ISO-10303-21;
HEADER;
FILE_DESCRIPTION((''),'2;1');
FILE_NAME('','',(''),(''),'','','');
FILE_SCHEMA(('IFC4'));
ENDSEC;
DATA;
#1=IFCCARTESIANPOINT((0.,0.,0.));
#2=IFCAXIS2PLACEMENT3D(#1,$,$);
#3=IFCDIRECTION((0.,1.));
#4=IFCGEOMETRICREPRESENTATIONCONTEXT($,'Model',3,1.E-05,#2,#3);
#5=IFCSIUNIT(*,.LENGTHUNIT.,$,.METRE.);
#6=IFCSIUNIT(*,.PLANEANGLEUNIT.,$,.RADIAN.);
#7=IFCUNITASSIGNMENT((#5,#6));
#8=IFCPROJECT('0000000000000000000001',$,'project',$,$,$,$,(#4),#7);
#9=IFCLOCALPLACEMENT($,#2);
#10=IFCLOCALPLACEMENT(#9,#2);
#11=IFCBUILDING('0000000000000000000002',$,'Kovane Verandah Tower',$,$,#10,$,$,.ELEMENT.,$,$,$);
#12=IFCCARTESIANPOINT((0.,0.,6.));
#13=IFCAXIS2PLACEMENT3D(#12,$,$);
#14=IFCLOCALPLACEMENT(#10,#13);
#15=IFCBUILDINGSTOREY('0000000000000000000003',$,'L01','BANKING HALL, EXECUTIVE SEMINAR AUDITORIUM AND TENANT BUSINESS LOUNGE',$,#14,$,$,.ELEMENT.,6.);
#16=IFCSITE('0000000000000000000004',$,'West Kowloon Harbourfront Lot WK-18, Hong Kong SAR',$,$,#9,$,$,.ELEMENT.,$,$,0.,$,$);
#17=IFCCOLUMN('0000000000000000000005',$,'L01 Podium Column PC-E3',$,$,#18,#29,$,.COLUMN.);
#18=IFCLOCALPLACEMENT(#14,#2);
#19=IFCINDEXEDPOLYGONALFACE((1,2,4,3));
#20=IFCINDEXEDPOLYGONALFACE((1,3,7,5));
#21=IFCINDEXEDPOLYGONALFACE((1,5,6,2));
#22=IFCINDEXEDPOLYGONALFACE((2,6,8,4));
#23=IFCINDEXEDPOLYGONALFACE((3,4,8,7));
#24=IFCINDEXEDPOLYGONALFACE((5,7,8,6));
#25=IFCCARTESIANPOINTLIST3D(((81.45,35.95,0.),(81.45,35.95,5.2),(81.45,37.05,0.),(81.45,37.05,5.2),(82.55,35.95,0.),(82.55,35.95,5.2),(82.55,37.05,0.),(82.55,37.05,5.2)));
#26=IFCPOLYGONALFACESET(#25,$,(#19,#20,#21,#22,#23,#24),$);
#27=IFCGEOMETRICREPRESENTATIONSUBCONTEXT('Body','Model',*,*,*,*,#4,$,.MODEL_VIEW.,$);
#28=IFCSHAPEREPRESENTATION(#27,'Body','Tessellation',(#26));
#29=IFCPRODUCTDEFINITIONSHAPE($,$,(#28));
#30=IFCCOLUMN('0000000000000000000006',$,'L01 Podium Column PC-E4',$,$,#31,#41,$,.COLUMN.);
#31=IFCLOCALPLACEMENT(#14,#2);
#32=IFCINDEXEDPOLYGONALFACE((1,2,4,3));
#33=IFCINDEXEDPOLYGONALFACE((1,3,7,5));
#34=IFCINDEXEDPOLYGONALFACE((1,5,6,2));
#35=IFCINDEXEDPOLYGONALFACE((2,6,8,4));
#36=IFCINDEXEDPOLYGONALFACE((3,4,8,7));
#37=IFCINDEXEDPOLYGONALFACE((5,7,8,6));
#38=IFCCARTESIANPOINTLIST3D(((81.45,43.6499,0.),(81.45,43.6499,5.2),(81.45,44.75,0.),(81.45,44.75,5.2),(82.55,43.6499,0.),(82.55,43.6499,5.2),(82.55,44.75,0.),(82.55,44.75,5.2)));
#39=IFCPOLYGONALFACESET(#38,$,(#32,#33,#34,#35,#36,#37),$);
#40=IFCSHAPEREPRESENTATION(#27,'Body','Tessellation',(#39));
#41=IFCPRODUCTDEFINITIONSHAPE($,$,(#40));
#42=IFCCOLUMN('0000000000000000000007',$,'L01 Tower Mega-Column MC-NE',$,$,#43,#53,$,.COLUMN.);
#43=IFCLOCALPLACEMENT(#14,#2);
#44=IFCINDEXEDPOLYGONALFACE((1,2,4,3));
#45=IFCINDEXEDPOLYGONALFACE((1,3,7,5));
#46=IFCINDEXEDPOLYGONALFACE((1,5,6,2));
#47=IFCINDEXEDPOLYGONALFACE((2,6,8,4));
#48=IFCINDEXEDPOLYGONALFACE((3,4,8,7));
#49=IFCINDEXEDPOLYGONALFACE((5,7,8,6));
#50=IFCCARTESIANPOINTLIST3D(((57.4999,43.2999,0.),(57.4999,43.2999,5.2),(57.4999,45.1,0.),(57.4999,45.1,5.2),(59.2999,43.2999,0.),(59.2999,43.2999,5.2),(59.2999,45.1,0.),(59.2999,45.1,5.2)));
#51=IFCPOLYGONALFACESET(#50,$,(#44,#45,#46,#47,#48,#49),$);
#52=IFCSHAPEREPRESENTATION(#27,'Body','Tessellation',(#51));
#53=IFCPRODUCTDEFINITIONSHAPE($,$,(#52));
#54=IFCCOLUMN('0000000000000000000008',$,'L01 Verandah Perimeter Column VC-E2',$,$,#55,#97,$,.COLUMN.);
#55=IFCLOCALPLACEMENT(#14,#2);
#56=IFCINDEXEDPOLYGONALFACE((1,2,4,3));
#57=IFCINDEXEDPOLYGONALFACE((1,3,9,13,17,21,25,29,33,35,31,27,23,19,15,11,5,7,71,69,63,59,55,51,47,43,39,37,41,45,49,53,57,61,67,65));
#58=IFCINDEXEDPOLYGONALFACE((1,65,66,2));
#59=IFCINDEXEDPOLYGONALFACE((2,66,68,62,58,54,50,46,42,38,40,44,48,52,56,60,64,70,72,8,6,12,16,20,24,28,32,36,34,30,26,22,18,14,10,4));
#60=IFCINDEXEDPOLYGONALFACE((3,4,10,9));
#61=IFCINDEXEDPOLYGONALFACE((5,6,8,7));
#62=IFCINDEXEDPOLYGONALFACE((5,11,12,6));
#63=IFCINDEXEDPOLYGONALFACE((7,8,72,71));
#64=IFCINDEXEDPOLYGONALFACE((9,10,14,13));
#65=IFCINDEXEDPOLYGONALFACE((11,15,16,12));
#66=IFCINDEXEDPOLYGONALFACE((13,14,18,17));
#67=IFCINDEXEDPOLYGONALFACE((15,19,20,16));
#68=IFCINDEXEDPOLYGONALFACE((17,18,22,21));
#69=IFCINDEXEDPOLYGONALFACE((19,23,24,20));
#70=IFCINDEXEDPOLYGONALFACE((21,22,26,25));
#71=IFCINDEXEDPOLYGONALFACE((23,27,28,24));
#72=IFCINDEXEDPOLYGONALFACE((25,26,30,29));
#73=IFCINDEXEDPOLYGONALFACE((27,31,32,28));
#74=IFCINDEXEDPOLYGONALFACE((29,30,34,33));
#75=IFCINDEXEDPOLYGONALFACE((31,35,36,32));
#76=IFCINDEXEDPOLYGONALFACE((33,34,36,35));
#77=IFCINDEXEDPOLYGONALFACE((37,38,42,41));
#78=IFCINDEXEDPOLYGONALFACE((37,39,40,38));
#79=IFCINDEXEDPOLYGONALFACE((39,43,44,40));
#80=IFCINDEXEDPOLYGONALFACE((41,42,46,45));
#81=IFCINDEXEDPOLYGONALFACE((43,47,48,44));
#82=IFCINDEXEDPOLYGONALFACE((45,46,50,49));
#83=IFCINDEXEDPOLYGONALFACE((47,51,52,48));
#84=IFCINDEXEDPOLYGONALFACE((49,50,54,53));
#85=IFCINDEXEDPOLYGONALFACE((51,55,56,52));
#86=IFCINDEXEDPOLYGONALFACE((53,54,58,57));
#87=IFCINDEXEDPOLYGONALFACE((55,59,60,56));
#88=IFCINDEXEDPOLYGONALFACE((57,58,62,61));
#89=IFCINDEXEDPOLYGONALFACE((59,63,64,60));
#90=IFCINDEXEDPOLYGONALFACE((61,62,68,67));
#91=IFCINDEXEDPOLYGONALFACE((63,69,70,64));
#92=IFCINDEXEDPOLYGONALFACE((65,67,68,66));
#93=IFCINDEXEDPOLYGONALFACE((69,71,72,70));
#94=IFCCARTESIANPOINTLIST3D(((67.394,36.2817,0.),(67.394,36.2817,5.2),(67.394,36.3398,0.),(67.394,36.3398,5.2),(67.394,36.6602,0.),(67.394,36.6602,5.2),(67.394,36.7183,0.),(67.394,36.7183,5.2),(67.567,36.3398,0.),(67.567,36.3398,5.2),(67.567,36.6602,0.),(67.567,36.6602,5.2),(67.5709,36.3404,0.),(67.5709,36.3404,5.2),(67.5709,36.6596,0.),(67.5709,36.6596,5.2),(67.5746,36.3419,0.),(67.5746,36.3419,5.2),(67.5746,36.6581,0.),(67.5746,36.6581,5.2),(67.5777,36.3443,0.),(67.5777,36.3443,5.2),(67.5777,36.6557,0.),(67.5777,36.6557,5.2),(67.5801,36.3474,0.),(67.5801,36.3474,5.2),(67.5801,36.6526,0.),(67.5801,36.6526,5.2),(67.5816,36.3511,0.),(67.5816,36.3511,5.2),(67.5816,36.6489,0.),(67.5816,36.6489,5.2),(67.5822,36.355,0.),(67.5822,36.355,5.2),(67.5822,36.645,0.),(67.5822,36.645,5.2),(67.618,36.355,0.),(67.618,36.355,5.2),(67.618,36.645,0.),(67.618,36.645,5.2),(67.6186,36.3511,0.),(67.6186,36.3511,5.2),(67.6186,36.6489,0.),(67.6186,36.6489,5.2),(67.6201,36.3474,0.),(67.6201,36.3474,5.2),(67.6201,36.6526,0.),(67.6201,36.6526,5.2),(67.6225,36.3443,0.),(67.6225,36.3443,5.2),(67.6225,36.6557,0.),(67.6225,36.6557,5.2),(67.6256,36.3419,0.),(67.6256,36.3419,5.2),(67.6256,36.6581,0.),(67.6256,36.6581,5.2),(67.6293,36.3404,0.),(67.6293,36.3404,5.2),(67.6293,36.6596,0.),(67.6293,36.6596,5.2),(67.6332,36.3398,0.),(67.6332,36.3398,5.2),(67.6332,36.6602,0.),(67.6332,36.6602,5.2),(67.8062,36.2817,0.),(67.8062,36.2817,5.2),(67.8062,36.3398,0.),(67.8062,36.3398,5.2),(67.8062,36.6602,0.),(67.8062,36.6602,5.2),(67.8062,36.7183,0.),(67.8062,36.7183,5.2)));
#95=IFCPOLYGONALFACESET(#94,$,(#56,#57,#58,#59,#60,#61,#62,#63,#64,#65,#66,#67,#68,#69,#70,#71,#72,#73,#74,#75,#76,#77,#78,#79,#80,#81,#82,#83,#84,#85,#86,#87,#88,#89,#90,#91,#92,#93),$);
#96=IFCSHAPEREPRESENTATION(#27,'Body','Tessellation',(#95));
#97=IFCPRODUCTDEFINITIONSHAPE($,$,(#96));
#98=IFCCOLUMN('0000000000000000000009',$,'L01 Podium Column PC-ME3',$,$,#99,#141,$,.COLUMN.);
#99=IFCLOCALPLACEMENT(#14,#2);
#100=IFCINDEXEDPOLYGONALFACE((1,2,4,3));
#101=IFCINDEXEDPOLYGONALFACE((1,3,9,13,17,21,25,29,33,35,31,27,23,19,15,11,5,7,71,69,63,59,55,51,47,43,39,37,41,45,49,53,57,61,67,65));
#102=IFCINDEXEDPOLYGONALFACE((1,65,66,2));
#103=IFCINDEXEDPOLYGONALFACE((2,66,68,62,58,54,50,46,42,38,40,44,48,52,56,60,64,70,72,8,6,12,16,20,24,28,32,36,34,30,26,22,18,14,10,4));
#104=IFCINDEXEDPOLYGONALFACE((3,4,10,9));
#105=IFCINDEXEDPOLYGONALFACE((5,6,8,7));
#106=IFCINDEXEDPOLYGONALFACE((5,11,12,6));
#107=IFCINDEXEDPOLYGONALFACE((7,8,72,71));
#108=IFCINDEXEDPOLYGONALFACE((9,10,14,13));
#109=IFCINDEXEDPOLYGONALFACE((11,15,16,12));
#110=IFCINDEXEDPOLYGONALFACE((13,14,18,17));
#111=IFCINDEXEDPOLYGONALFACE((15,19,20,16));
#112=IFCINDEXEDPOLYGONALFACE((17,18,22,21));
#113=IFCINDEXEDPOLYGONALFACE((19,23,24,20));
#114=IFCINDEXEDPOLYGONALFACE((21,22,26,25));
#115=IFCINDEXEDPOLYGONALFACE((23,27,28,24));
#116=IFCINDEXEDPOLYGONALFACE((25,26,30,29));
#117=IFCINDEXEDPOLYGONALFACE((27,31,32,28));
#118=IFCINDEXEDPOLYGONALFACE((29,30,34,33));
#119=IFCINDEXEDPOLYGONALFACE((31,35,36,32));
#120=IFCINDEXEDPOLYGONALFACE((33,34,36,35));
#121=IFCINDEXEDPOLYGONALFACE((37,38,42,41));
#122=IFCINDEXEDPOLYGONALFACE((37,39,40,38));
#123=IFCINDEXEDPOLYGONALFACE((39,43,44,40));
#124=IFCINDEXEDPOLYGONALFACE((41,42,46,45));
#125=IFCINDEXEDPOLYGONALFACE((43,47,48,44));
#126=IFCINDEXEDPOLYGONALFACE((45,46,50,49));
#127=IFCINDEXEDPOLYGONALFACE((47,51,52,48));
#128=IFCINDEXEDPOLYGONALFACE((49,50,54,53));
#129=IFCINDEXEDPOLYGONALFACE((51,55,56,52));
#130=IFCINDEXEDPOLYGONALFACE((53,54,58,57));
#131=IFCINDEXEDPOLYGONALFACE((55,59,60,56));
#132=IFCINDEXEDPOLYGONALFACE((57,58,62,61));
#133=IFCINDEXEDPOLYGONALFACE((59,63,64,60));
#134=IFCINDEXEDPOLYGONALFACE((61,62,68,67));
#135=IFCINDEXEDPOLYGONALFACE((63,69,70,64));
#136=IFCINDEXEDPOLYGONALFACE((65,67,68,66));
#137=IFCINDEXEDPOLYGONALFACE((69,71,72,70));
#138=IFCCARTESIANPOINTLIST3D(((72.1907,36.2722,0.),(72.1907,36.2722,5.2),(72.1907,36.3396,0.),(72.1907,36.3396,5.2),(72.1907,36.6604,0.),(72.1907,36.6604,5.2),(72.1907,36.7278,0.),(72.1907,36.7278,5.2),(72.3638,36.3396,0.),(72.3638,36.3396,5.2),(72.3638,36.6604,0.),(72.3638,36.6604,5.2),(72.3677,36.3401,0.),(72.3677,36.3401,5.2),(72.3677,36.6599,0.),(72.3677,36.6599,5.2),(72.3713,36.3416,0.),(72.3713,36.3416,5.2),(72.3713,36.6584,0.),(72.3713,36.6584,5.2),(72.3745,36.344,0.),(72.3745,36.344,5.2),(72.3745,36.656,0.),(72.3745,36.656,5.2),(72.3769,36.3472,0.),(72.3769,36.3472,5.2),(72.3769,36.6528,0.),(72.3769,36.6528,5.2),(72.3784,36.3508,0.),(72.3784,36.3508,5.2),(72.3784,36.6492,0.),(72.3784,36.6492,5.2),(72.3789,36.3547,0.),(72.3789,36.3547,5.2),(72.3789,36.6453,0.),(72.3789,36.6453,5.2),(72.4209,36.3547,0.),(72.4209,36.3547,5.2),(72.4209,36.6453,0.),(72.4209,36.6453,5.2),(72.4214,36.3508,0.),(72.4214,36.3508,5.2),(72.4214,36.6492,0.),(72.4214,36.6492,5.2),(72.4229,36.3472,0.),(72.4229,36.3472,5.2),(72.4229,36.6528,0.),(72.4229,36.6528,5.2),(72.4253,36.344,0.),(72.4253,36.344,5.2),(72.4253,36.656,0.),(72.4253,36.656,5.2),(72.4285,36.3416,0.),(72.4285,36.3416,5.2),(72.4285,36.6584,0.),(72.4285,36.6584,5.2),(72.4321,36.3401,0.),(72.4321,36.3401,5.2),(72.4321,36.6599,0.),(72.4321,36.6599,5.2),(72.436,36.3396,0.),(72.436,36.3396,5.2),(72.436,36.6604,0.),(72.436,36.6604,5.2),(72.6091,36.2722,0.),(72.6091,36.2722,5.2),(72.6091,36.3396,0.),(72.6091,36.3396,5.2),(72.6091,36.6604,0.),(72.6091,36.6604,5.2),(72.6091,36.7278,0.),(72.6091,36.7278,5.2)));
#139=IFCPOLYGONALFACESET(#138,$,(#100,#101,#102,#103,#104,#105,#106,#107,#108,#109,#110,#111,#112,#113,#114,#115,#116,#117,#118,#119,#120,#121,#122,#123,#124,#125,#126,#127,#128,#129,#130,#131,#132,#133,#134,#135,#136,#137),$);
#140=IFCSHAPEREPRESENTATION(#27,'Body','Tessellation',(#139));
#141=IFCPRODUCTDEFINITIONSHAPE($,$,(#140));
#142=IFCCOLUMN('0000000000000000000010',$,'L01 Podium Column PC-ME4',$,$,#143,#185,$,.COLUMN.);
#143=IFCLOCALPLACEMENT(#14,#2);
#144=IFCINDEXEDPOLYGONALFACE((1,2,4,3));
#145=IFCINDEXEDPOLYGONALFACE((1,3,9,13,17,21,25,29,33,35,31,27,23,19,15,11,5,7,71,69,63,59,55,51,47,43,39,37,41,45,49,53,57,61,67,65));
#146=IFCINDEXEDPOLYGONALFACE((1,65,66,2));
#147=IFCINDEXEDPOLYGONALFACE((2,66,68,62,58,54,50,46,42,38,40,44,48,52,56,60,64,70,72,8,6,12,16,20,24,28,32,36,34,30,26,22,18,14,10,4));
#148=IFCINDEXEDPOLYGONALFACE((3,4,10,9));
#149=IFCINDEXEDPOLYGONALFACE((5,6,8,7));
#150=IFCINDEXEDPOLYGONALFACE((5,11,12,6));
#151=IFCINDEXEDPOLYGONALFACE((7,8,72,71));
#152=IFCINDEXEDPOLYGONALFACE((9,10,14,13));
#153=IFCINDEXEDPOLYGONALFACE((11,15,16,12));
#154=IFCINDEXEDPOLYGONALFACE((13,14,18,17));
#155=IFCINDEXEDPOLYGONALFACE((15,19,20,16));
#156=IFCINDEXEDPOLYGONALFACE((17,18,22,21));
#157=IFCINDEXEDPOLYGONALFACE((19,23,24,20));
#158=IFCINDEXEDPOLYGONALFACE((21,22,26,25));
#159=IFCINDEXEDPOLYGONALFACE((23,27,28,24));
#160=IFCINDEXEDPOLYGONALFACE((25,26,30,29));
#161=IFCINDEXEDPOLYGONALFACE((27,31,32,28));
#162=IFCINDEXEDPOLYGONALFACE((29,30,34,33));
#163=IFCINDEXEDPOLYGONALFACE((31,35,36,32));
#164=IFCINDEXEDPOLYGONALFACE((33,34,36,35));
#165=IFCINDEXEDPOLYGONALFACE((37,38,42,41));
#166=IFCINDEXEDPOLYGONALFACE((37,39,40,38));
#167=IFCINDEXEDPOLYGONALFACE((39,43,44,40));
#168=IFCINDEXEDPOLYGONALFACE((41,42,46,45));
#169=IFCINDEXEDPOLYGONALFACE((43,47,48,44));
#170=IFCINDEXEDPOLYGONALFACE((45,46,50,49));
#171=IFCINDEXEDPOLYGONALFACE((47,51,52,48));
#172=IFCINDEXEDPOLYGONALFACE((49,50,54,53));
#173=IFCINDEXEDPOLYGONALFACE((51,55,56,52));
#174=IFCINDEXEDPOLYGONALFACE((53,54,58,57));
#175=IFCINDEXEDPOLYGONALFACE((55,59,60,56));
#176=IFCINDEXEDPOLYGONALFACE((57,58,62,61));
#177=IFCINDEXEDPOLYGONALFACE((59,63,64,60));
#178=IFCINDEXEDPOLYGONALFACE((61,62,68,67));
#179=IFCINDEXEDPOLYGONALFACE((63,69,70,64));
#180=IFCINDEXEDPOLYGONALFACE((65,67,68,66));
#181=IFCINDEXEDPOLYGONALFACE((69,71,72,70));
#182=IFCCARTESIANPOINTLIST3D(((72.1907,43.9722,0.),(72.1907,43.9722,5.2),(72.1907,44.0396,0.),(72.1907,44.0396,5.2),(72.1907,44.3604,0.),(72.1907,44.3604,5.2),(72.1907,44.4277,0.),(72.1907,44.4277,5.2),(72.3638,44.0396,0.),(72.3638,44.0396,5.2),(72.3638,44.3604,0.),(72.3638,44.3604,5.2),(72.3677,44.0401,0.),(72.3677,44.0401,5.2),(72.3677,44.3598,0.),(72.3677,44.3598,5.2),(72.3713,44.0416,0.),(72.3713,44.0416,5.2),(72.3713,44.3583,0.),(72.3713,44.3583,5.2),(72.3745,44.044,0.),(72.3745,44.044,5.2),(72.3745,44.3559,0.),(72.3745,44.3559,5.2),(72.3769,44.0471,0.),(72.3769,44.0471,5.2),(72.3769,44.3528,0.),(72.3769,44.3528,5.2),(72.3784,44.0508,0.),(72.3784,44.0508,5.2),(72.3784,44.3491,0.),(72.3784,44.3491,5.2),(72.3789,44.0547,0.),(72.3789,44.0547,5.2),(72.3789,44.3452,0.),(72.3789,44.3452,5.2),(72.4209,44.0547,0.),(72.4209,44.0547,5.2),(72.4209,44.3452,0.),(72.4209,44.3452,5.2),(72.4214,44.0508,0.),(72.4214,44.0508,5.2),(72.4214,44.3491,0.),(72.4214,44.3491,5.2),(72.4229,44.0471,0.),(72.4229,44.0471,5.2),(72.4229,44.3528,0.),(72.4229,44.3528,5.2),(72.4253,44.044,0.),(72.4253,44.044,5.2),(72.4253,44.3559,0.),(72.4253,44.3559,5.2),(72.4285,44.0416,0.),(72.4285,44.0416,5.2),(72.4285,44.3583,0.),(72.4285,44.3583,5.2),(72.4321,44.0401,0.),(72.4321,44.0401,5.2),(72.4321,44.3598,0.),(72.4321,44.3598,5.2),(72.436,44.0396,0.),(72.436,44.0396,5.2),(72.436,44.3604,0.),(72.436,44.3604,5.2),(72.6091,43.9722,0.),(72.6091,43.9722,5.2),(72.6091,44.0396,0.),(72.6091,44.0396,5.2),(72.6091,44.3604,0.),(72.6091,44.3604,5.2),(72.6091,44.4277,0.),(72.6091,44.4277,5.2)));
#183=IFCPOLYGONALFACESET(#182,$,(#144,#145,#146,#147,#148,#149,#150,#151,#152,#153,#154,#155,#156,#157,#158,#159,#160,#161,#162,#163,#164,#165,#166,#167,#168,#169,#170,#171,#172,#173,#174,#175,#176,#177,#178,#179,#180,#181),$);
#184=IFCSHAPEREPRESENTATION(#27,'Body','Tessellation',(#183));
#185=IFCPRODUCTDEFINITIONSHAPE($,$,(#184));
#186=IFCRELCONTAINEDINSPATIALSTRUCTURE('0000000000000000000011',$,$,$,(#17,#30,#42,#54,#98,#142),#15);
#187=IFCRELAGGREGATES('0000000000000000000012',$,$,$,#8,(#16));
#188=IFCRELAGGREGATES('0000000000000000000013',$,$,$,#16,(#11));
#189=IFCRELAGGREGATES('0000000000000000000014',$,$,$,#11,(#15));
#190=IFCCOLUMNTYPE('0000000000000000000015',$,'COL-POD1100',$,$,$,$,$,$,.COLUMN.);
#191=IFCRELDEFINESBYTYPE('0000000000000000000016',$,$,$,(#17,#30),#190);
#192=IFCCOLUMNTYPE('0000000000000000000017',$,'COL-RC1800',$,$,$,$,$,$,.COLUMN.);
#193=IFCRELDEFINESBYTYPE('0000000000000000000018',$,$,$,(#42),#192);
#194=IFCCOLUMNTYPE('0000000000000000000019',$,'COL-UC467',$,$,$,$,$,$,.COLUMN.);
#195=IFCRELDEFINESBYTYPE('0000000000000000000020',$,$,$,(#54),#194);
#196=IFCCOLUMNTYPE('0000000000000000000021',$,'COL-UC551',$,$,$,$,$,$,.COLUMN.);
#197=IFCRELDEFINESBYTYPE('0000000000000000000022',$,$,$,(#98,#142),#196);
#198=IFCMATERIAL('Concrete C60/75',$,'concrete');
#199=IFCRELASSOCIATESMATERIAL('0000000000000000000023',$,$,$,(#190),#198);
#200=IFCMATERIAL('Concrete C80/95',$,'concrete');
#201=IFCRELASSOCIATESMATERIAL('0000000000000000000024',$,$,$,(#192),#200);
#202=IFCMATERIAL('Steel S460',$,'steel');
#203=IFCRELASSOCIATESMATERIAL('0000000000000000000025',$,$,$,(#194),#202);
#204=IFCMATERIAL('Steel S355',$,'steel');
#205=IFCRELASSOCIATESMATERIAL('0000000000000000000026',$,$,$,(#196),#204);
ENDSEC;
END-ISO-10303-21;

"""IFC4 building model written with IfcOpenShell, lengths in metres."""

from ifc_helpers import new_model, si_unit, direction, frame, origin, origin_2d, place, context, subcontext, project, spatial, rectangle, i_section, extrude, material, material_profile, profile_set, type_object, element, save


model = new_model("IFC4")

# Units and contexts
model_context = context("Model", 3, precision=1e-05, world=origin(), true_north=direction((0.0, 1.0)))
body_context = subcontext(model_context, "Body", "Model", "MODEL_VIEW")
ifc_project = project(units=[si_unit("LENGTHUNIT", "METRE"), si_unit("PLANEANGLEUNIT", "RADIAN")], contexts=[model_context])

# Site, building, storey
site_placement = place(None, origin())
site = spatial("IfcSite", under=ifc_project, at=site_placement, Name="West Kowloon Harbourfront Lot WK-18, Hong Kong SAR", CompositionType="ELEMENT", RefElevation=0.0)
building_placement = place(site_placement, origin())
building = spatial("IfcBuilding", under=site, at=building_placement, Name="Kovane Verandah Tower", CompositionType="ELEMENT")
storey_placement = place(building_placement, frame((0.0, 0.0, 6.0)))
storey = spatial("IfcBuildingStorey", under=building, at=storey_placement, Name="L01", Description="BANKING HALL, EXECUTIVE SEMINAR AUDITORIUM AND TENANT BUSINESS LOUNGE", CompositionType="ELEMENT", Elevation=6.0)

# Columns
ifc_material_1 = material(Name="Concrete C60/75", Category="concrete")
ifc_material_profile_1 = material_profile(ifc_material_1, rectangle(XDim=1.1001, YDim=1.1001, at=origin_2d()), Name="RC1100x1100")
ifc_profile_set_1 = profile_set([ifc_material_profile_1], Name="Concrete C60/75")
column_type_1 = type_object("IfcColumnType", Name="COL-POD1100", PredefinedType="COLUMN", material=ifc_profile_set_1)
for number, where, z_axis, x_axis, name in (
    (1, (82.0, 36.5, 0.0), (0.0, 0.0, 1.0), (1.0, 0.0, 0.0), "L01 Podium Column PC-E3"),
    (2, (82.0, 44.2, 0.0), (0.0, 0.0, 1.0), (1.0, 0.0, 0.0), "L01 Podium Column PC-E4"),
):
    element("IfcColumn", number, at=place(storey_placement, frame(where, z_axis=z_axis, x_axis=x_axis)), inside=storey, type_object=column_type_1, Name=name, PredefinedType="COLUMN", context=body_context, shape_type="SweptSolid", body=[
        extrude(rectangle(XDim=1.1001, YDim=1.1001, at=origin_2d()), origin(), (0.0, 0.0, 1.0), 5.2),
    ])
ifc_material_2 = material(Name="Concrete C80/95", Category="concrete")
ifc_material_profile_2 = material_profile(ifc_material_2, rectangle(XDim=1.8, YDim=1.8, at=origin_2d()), Name="RC1800x1800")
ifc_profile_set_2 = profile_set([ifc_material_profile_2], Name="Concrete C80/95")
column_type_2 = type_object("IfcColumnType", Name="COL-RC1800", PredefinedType="COLUMN", material=ifc_profile_set_2)
column_1_placement = place(storey_placement, frame((58.3999, 44.2, 0.0), z_axis=(0.0, 0.0, 1.0), x_axis=(1.0, 0.0, 0.0)))
element("IfcColumn", 3, at=column_1_placement, inside=storey, type_object=column_type_2, Name="L01 Tower Mega-Column MC-NE", PredefinedType="COLUMN", context=body_context, shape_type="SweptSolid", body=[
    extrude(rectangle(XDim=1.8, YDim=1.8, at=origin_2d()), origin(), (0.0, 0.0, 1.0), 5.2),
])
ifc_material_3 = material(Name="Steel S460", Category="steel")
ifc_material_profile_3 = material_profile(ifc_material_3, i_section(OverallWidth=0.4121, OverallDepth=0.4365, WebThickness=0.0359, FlangeThickness=0.0581, FilletRadius=0.0151, at=origin_2d()), Name="UC356x406x467")
ifc_profile_set_3 = profile_set([ifc_material_profile_3], Name="Steel S460")
column_type_3 = type_object("IfcColumnType", Name="COL-UC467", PredefinedType="COLUMN", material=ifc_profile_set_3)
column_2_placement = place(storey_placement, frame((67.6001, 36.5, 0.0), z_axis=(0.0, 0.0, 1.0), x_axis=(1.0, 0.0, 0.0)))
element("IfcColumn", 4, at=column_2_placement, inside=storey, type_object=column_type_3, Name="L01 Verandah Perimeter Column VC-E2", PredefinedType="COLUMN", context=body_context, shape_type="SweptSolid", body=[
    extrude(i_section(OverallWidth=0.4121, OverallDepth=0.4365, WebThickness=0.0359, FlangeThickness=0.0581, FilletRadius=0.0151, at=origin_2d()), origin(), (0.0, 0.0, 1.0), 5.2),
])
ifc_material_4 = material(Name="Steel S355", Category="steel")
ifc_material_profile_4 = material_profile(ifc_material_4, i_section(OverallWidth=0.4185, OverallDepth=0.4556, WebThickness=0.042, FlangeThickness=0.0674, FilletRadius=0.0151, at=origin_2d()), Name="UC356x406x551")
ifc_profile_set_4 = profile_set([ifc_material_profile_4], Name="Steel S355")
column_type_4 = type_object("IfcColumnType", Name="COL-UC551", PredefinedType="COLUMN", material=ifc_profile_set_4)
for number, where, z_axis, x_axis, name in (
    (5, (72.3999, 36.5, 0.0), (0.0, 0.0, 1.0), (1.0, 0.0, 0.0), "L01 Podium Column PC-ME3"),
    (6, (72.3999, 44.2, 0.0), (0.0, 0.0, 1.0), (1.0, 0.0, 0.0), "L01 Podium Column PC-ME4"),
):
    element("IfcColumn", number, at=place(storey_placement, frame(where, z_axis=z_axis, x_axis=x_axis)), inside=storey, type_object=column_type_4, Name=name, PredefinedType="COLUMN", context=body_context, shape_type="SweptSolid", body=[
        extrude(i_section(OverallWidth=0.4185, OverallDepth=0.4556, WebThickness=0.042, FlangeThickness=0.0674, FilletRadius=0.0151, at=origin_2d()), origin(), (0.0, 0.0, 1.0), 5.2),
    ])

save(model, "model.ifc")
